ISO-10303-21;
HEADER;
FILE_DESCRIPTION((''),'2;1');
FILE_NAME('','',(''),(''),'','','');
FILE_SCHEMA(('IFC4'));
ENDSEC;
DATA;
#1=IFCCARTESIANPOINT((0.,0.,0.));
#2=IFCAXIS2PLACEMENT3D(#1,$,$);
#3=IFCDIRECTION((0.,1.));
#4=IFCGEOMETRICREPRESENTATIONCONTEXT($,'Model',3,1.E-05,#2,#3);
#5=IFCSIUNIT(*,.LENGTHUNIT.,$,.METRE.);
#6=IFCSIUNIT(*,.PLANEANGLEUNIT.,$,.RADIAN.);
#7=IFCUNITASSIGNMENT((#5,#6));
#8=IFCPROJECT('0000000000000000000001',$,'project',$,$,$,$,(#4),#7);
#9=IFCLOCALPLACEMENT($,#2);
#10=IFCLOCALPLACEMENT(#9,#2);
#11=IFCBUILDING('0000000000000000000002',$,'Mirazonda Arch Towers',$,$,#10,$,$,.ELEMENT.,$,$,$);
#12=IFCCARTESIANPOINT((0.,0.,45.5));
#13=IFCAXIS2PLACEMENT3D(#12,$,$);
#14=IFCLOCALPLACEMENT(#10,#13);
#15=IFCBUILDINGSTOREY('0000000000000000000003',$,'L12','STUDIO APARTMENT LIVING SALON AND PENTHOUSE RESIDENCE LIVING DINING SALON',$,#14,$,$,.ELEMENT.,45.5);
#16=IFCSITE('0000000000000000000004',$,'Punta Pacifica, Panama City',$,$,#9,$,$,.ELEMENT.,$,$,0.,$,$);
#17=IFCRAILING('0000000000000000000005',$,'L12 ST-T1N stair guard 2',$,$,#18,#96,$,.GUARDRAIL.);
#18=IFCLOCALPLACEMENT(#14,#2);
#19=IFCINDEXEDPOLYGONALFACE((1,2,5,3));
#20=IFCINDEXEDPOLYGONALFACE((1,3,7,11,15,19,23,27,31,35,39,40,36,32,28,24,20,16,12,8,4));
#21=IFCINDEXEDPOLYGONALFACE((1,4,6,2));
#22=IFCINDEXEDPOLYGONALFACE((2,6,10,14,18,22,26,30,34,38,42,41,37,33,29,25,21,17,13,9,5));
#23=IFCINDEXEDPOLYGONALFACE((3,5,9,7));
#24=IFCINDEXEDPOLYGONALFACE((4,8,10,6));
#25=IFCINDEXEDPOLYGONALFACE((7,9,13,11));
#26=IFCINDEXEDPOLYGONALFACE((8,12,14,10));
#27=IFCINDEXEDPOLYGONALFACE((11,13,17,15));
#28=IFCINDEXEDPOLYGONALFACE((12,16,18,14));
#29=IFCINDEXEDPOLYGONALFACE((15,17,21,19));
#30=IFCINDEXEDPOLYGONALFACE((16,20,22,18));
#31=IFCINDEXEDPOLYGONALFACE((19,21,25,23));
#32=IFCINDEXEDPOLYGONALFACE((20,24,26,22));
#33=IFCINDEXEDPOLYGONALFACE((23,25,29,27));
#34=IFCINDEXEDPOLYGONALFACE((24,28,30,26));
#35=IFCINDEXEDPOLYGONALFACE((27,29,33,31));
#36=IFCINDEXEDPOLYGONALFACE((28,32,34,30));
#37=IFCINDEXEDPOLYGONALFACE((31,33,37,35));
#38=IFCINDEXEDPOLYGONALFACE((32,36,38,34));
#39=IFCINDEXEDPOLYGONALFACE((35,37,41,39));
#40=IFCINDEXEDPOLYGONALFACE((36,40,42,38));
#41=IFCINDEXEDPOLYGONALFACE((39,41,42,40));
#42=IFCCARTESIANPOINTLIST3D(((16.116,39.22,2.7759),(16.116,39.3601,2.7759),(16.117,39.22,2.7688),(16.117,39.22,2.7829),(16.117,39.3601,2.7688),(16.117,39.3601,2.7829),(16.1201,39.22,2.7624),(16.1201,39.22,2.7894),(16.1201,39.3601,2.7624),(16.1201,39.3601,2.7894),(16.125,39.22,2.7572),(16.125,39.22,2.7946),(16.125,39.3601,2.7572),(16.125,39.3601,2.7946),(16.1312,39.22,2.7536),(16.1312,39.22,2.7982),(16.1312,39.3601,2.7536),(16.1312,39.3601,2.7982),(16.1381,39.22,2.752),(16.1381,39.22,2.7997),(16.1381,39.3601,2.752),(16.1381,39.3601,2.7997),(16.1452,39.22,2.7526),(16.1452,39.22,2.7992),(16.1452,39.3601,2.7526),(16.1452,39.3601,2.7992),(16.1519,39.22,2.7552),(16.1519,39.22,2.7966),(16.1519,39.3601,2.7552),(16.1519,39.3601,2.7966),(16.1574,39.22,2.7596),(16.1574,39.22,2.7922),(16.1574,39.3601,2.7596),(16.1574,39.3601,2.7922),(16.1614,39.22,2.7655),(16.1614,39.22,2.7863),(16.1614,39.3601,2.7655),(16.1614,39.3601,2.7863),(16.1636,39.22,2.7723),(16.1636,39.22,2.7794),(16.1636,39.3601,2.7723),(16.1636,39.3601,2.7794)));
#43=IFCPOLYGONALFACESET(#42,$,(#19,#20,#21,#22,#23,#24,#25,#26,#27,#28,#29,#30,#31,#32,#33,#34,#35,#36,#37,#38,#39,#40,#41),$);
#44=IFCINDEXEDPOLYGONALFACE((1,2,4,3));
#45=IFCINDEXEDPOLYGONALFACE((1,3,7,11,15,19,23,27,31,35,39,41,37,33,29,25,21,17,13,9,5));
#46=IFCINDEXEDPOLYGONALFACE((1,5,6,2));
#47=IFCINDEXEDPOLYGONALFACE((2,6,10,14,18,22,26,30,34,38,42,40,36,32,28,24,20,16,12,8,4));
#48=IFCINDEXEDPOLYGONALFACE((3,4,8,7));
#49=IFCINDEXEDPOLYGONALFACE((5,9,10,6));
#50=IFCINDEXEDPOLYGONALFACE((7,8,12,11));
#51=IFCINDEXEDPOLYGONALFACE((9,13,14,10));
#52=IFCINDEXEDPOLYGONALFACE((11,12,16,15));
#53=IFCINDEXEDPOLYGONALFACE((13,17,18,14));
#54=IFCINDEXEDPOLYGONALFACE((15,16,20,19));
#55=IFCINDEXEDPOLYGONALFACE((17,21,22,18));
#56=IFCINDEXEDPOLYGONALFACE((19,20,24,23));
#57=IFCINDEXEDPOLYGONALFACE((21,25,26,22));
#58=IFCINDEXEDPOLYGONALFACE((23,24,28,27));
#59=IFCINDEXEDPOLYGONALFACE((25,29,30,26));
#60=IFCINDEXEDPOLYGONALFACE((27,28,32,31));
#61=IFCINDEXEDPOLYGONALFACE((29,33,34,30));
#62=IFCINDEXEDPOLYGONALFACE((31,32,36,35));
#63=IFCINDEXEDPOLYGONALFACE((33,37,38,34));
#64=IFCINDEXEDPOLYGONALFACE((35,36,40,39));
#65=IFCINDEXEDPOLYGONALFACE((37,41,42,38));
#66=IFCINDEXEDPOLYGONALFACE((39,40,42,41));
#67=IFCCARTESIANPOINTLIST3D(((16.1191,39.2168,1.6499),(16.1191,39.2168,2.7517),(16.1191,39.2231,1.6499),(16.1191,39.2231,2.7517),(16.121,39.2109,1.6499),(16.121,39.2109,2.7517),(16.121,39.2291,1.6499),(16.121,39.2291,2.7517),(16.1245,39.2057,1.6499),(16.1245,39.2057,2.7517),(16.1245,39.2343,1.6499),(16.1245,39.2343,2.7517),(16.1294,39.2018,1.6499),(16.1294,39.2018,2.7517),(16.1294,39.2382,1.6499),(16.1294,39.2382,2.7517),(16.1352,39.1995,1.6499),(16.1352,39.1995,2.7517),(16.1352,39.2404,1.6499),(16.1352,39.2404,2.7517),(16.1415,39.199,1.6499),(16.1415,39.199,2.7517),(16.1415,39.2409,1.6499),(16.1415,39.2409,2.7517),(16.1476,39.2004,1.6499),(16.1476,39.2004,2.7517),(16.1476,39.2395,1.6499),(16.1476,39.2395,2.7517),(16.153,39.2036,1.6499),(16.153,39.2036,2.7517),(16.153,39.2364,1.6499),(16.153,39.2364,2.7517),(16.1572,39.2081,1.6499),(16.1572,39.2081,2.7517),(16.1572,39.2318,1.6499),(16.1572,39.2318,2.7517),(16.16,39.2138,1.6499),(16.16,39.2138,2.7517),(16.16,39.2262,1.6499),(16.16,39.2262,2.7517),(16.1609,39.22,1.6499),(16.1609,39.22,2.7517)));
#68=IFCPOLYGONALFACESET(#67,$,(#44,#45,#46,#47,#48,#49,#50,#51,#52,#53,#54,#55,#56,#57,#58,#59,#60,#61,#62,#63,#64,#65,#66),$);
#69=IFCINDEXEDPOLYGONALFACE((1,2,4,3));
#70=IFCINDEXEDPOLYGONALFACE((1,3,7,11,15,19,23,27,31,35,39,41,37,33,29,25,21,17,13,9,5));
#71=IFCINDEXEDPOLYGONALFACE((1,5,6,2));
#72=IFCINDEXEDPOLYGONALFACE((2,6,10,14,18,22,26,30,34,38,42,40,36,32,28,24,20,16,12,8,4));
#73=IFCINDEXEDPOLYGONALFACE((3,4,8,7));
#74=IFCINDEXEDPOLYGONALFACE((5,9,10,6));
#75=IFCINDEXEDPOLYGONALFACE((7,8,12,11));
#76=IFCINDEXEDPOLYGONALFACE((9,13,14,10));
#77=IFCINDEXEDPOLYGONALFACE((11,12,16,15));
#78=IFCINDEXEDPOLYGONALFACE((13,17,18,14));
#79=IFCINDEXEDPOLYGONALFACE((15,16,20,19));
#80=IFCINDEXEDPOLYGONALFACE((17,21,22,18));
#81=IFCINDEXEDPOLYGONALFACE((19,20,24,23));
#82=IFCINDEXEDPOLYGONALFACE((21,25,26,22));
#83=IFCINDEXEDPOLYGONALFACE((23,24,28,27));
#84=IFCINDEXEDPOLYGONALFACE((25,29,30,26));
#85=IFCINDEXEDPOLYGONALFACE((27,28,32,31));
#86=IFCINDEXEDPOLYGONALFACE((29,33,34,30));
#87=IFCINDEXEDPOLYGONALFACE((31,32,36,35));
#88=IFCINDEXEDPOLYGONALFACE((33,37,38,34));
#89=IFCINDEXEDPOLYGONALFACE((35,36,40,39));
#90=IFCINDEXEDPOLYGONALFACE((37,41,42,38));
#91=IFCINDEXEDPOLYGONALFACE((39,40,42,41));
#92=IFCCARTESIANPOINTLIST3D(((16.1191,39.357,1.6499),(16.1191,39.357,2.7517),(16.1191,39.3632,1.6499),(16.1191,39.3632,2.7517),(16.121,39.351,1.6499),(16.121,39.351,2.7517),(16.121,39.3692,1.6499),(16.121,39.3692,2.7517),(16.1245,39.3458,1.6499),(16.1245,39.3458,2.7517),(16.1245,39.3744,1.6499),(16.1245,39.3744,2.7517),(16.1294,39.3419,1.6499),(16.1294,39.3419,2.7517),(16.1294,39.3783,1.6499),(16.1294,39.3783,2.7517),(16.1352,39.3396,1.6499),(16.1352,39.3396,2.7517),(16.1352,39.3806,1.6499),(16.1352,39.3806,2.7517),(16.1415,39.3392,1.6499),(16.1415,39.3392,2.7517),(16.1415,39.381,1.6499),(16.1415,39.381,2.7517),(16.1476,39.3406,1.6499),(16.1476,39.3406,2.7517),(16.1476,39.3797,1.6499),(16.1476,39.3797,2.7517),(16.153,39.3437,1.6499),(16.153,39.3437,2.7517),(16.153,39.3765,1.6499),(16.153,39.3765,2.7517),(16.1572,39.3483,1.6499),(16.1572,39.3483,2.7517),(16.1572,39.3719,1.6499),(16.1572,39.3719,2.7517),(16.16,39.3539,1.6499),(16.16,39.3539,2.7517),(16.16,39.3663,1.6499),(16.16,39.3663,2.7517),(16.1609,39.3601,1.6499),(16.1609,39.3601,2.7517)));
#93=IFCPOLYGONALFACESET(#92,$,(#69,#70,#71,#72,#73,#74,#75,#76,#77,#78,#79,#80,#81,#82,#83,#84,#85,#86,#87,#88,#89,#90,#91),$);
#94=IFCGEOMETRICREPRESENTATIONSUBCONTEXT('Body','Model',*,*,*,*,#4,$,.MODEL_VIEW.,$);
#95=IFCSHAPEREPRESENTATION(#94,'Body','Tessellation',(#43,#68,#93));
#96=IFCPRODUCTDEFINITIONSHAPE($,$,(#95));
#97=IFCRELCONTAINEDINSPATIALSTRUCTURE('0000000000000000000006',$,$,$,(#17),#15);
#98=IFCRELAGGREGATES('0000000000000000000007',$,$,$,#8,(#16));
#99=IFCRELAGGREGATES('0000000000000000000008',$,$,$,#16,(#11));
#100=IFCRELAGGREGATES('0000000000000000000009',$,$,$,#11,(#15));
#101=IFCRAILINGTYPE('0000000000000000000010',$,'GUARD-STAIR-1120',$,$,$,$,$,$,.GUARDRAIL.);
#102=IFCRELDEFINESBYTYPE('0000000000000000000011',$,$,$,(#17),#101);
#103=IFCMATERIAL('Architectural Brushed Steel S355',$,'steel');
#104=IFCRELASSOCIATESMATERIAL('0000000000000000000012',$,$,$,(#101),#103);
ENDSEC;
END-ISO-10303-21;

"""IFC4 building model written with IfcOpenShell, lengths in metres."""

from ifc_helpers import new_model, si_unit, direction, frame, origin, origin_2d, place, context, subcontext, project, spatial, circle, extrude, material, type_object, element, save


model = new_model("IFC4")

# Units and contexts
model_context = context("Model", 3, precision=1e-05, world=origin(), true_north=direction((0.0, 1.0)))
body_context = subcontext(model_context, "Body", "Model", "MODEL_VIEW")
ifc_project = project(units=[si_unit("LENGTHUNIT", "METRE"), si_unit("PLANEANGLEUNIT", "RADIAN")], contexts=[model_context])

# Site, building, storey
site_placement = place(None, origin())
site = spatial("IfcSite", under=ifc_project, at=site_placement, Name="Punta Pacifica, Panama City", CompositionType="ELEMENT", RefElevation=0.0)
building_placement = place(site_placement, origin())
building = spatial("IfcBuilding", under=site, at=building_placement, Name="Mirazonda Arch Towers", CompositionType="ELEMENT")
storey_placement = place(building_placement, frame((0.0, 0.0, 45.5)))
storey = spatial("IfcBuildingStorey", under=building, at=storey_placement, Name="L12", Description="STUDIO APARTMENT LIVING SALON AND PENTHOUSE RESIDENCE LIVING DINING SALON", CompositionType="ELEMENT", Elevation=45.5)

# Shared definitions
ifc_material_1 = material(Name="Architectural Brushed Steel S355", Category="steel")

# Railing
railing_type_1 = type_object("IfcRailingType", Name="GUARD-STAIR-1120", PredefinedType="GUARDRAIL", material=ifc_material_1)
railing_1_placement = place(storey_placement, frame((16.1399, 39.22, 1.6499)))
element("IfcRailing", 1, at=railing_1_placement, inside=storey, type_object=railing_type_1, Name="L12 ST-T1N stair guard 2", PredefinedType="GUARDRAIL", context=body_context, shape_type="SweptSolid", body=[
    extrude(circle(Radius=0.0239, at=origin_2d()), frame((0.0, 0.0, 1.126), z_axis=(0.0, 1.0, 0.0), x_axis=(-1.0, 0.0, 0.0)), (0.0, 0.0, 1.0), 0.1401),
    extrude(circle(Radius=0.021, at=origin_2d()), origin(), (0.0, 0.0, 1.0), 1.1018),
    extrude(circle(Radius=0.021, at=origin_2d()), frame((0.0, 0.1401, 0.0)), (0.0, 0.0, 1.0), 1.1018),
])

save(model, "model.ifc")
